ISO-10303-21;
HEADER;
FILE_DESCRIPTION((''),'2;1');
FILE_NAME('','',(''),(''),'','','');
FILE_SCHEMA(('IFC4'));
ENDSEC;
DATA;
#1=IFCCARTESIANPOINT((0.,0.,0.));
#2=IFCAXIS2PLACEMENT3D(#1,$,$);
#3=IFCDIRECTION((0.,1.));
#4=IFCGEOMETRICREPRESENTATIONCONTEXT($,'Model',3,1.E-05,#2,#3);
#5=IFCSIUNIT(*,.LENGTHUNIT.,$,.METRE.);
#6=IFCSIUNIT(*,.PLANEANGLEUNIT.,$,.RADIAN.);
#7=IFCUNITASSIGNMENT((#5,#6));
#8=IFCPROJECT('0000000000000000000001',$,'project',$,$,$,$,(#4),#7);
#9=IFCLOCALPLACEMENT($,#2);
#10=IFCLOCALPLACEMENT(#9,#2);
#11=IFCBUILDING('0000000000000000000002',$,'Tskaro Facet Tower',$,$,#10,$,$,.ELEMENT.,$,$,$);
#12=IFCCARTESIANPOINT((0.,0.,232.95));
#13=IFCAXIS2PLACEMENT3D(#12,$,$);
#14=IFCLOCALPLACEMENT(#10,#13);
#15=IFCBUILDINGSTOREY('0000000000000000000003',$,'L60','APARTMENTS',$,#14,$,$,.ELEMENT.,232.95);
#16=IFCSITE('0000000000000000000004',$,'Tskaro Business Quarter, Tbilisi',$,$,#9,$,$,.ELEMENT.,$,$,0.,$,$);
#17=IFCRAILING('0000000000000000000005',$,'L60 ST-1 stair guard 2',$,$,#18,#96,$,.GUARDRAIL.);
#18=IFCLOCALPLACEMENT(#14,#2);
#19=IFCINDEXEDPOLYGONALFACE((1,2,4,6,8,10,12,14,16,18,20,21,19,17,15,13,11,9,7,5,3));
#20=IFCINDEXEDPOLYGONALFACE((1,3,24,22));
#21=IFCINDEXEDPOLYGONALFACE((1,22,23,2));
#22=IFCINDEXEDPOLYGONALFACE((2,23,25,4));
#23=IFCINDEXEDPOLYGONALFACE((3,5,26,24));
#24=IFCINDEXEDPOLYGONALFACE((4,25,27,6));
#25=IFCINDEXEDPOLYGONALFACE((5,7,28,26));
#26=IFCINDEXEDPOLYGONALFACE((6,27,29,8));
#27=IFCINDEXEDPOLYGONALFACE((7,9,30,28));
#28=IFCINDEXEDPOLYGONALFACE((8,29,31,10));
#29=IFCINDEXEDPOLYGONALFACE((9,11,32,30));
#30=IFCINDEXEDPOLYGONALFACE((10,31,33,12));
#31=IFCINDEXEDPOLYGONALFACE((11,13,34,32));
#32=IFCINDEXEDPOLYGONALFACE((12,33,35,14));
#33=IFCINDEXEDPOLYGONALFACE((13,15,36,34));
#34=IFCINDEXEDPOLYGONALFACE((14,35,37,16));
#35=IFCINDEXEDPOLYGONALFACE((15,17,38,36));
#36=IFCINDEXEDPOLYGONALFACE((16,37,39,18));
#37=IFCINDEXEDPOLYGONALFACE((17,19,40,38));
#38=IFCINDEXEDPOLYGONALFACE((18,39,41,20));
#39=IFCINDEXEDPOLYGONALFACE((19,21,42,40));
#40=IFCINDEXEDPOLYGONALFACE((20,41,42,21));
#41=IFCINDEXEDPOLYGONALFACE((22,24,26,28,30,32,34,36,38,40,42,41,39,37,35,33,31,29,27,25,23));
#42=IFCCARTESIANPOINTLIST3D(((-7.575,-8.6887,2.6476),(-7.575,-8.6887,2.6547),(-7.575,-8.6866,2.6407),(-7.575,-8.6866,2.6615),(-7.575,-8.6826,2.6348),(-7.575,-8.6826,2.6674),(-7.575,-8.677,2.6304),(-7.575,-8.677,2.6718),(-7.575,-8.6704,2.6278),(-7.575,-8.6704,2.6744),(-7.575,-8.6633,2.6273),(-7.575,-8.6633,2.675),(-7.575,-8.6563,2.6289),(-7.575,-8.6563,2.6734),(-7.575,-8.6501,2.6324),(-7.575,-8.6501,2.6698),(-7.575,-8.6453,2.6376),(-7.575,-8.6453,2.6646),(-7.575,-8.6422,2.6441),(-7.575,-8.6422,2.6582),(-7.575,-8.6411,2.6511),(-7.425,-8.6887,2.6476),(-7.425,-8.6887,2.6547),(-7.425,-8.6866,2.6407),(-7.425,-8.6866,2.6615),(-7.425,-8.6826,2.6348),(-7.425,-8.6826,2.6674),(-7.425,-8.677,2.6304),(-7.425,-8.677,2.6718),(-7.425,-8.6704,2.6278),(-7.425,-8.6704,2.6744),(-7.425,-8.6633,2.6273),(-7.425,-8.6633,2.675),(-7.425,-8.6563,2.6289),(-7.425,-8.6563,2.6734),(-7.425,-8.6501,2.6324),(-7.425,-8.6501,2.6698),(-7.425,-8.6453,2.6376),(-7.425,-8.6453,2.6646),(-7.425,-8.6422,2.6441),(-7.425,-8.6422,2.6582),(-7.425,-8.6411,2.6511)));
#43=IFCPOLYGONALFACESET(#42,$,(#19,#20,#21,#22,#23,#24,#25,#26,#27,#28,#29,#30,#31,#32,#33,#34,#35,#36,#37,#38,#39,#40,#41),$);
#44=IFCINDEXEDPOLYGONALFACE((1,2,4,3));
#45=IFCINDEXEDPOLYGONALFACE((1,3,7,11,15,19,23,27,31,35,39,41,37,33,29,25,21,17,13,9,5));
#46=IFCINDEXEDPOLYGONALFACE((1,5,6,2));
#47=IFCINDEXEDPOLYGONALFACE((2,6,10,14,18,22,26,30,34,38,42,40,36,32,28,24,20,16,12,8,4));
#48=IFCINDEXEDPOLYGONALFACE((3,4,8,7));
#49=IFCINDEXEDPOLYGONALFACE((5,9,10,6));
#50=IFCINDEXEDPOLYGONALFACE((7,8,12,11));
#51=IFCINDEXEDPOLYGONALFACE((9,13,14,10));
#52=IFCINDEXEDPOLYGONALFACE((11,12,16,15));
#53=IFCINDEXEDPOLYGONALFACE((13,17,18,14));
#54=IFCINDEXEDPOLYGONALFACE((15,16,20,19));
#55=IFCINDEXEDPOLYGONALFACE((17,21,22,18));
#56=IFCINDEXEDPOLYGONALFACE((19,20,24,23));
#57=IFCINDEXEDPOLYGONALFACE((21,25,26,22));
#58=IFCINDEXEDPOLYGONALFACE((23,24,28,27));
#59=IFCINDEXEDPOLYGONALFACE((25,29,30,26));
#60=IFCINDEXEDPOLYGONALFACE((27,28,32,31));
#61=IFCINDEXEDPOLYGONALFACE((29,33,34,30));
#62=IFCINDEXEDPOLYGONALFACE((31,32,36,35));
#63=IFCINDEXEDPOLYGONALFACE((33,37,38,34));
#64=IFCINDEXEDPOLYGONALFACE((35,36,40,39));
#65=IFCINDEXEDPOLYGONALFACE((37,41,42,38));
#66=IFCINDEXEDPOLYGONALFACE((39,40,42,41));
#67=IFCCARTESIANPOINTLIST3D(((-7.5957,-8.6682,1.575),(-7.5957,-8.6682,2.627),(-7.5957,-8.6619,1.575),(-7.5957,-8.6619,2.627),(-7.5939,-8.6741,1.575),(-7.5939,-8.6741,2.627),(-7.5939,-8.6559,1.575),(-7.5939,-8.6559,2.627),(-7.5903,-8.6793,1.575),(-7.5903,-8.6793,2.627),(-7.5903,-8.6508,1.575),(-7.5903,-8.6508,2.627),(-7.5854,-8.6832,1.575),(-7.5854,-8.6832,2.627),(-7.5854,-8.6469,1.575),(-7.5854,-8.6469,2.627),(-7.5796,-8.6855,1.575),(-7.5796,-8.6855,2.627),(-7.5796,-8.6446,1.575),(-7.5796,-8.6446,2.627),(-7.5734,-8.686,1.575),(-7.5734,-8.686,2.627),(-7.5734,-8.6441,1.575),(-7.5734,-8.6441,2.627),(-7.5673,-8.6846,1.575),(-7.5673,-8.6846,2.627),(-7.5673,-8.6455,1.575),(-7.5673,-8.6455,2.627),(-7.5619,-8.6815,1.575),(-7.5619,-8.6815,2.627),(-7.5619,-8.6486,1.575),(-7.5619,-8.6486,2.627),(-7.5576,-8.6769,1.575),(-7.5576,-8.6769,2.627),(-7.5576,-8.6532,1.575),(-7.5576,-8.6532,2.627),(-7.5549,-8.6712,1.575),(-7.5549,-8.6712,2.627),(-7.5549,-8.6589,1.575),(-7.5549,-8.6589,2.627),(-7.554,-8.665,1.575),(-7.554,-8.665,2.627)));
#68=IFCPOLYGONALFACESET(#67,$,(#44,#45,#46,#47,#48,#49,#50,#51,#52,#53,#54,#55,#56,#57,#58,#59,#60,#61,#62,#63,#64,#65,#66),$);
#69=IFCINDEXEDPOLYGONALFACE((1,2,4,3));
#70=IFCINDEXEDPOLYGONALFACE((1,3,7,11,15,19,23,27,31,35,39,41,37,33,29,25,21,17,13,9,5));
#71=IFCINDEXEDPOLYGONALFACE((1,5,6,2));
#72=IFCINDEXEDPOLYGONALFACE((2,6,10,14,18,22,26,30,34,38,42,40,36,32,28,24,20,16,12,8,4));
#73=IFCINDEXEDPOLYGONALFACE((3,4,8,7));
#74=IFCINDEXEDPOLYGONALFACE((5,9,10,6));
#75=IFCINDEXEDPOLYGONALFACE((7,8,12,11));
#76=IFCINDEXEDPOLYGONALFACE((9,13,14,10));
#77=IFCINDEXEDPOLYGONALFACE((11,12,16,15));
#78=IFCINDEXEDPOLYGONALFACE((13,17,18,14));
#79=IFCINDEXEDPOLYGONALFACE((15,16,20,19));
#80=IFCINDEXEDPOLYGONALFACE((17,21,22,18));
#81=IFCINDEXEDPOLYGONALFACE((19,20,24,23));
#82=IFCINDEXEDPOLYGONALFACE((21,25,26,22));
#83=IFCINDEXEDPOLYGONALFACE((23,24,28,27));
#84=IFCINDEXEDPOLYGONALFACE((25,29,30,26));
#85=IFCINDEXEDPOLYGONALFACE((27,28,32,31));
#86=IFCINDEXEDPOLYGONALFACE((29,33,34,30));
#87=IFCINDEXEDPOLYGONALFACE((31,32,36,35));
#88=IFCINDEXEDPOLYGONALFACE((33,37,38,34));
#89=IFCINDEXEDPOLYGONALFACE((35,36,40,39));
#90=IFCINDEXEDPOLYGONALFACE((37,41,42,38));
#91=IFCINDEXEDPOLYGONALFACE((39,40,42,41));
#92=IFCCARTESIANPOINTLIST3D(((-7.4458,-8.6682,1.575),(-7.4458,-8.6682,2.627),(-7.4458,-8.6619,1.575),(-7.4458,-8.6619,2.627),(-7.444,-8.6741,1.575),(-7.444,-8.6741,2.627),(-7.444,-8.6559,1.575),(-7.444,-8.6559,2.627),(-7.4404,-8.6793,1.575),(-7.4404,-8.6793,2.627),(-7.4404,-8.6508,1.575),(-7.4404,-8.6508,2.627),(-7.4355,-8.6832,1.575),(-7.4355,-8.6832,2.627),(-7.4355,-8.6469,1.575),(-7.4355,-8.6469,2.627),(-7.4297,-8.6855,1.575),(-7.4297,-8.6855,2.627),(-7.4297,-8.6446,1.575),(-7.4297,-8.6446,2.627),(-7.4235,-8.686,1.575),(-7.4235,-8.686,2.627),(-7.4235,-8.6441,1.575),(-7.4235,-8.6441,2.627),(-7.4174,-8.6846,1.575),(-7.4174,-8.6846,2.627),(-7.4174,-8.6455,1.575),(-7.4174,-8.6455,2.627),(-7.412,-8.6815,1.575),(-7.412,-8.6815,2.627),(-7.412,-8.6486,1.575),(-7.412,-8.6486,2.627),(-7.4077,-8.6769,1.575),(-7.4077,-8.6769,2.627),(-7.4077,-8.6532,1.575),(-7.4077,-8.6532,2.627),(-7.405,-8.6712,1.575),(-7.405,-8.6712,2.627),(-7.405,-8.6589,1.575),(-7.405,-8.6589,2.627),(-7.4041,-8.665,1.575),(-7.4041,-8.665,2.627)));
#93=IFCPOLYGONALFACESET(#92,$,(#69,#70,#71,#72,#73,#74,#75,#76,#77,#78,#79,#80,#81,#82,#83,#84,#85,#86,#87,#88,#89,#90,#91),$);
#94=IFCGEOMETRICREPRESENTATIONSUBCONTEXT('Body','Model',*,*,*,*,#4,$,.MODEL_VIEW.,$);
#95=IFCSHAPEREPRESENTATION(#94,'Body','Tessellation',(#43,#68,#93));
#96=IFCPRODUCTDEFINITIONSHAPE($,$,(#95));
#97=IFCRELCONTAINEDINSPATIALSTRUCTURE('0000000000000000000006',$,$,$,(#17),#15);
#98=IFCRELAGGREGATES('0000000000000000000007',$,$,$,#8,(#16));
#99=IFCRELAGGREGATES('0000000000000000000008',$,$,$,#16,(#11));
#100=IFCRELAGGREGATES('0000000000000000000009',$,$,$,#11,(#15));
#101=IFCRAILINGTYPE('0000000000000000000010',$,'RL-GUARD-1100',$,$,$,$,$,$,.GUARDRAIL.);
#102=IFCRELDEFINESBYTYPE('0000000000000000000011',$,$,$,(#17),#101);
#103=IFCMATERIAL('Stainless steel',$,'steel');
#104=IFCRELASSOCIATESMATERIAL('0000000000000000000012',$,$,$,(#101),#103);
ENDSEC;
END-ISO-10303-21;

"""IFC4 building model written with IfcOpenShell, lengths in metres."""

from ifc_helpers import new_model, si_unit, direction, frame, origin, origin_2d, place, context, subcontext, project, spatial, circle, extrude, material, type_object, element, save


model = new_model("IFC4")

# Units and contexts
model_context = context("Model", 3, precision=1e-05, world=origin(), true_north=direction((0.0, 1.0)))
body_context = subcontext(model_context, "Body", "Model", "MODEL_VIEW")
ifc_project = project(units=[si_unit("LENGTHUNIT", "METRE"), si_unit("PLANEANGLEUNIT", "RADIAN")], contexts=[model_context])

# Site, building, storey
site_placement = place(None, origin())
site = spatial("IfcSite", under=ifc_project, at=site_placement, Name="Tskaro Business Quarter, Tbilisi", CompositionType="ELEMENT", RefElevation=0.0)
building_placement = place(site_placement, origin())
building = spatial("IfcBuilding", under=site, at=building_placement, Name="Tskaro Facet Tower", CompositionType="ELEMENT")
storey_placement = place(building_placement, frame((0.0, 0.0, 232.95)))
storey = spatial("IfcBuildingStorey", under=building, at=storey_placement, Name="L60", Description="APARTMENTS", CompositionType="ELEMENT", Elevation=232.95)

# Shared definitions
ifc_material_1 = material(Name="Stainless steel", Category="steel")

# Railing
railing_type_1 = type_object("IfcRailingType", Name="RL-GUARD-1100", PredefinedType="GUARDRAIL", material=ifc_material_1)
railing_1_placement = place(storey_placement, frame((-7.575, -8.665, 1.575)))
element("IfcRailing", 1, at=railing_1_placement, inside=storey, type_object=railing_type_1, Name="L60 ST-1 stair guard 2", PredefinedType="GUARDRAIL", context=body_context, shape_type="SweptSolid", body=[
    extrude(circle(Radius=0.0239, at=origin_2d()), frame((0.0, 0.0, 1.0762), z_axis=(1.0, 0.0, 0.0), x_axis=(0.0, 1.0, 0.0)), (0.0, 0.0, 1.0), 0.1499),
    extrude(circle(Radius=0.021, at=origin_2d()), origin(), (0.0, 0.0, 1.0), 1.052),
    extrude(circle(Radius=0.021, at=origin_2d()), frame((0.1499, 0.0, 0.0)), (0.0, 0.0, 1.0), 1.052),
])

save(model, "model.ifc")
